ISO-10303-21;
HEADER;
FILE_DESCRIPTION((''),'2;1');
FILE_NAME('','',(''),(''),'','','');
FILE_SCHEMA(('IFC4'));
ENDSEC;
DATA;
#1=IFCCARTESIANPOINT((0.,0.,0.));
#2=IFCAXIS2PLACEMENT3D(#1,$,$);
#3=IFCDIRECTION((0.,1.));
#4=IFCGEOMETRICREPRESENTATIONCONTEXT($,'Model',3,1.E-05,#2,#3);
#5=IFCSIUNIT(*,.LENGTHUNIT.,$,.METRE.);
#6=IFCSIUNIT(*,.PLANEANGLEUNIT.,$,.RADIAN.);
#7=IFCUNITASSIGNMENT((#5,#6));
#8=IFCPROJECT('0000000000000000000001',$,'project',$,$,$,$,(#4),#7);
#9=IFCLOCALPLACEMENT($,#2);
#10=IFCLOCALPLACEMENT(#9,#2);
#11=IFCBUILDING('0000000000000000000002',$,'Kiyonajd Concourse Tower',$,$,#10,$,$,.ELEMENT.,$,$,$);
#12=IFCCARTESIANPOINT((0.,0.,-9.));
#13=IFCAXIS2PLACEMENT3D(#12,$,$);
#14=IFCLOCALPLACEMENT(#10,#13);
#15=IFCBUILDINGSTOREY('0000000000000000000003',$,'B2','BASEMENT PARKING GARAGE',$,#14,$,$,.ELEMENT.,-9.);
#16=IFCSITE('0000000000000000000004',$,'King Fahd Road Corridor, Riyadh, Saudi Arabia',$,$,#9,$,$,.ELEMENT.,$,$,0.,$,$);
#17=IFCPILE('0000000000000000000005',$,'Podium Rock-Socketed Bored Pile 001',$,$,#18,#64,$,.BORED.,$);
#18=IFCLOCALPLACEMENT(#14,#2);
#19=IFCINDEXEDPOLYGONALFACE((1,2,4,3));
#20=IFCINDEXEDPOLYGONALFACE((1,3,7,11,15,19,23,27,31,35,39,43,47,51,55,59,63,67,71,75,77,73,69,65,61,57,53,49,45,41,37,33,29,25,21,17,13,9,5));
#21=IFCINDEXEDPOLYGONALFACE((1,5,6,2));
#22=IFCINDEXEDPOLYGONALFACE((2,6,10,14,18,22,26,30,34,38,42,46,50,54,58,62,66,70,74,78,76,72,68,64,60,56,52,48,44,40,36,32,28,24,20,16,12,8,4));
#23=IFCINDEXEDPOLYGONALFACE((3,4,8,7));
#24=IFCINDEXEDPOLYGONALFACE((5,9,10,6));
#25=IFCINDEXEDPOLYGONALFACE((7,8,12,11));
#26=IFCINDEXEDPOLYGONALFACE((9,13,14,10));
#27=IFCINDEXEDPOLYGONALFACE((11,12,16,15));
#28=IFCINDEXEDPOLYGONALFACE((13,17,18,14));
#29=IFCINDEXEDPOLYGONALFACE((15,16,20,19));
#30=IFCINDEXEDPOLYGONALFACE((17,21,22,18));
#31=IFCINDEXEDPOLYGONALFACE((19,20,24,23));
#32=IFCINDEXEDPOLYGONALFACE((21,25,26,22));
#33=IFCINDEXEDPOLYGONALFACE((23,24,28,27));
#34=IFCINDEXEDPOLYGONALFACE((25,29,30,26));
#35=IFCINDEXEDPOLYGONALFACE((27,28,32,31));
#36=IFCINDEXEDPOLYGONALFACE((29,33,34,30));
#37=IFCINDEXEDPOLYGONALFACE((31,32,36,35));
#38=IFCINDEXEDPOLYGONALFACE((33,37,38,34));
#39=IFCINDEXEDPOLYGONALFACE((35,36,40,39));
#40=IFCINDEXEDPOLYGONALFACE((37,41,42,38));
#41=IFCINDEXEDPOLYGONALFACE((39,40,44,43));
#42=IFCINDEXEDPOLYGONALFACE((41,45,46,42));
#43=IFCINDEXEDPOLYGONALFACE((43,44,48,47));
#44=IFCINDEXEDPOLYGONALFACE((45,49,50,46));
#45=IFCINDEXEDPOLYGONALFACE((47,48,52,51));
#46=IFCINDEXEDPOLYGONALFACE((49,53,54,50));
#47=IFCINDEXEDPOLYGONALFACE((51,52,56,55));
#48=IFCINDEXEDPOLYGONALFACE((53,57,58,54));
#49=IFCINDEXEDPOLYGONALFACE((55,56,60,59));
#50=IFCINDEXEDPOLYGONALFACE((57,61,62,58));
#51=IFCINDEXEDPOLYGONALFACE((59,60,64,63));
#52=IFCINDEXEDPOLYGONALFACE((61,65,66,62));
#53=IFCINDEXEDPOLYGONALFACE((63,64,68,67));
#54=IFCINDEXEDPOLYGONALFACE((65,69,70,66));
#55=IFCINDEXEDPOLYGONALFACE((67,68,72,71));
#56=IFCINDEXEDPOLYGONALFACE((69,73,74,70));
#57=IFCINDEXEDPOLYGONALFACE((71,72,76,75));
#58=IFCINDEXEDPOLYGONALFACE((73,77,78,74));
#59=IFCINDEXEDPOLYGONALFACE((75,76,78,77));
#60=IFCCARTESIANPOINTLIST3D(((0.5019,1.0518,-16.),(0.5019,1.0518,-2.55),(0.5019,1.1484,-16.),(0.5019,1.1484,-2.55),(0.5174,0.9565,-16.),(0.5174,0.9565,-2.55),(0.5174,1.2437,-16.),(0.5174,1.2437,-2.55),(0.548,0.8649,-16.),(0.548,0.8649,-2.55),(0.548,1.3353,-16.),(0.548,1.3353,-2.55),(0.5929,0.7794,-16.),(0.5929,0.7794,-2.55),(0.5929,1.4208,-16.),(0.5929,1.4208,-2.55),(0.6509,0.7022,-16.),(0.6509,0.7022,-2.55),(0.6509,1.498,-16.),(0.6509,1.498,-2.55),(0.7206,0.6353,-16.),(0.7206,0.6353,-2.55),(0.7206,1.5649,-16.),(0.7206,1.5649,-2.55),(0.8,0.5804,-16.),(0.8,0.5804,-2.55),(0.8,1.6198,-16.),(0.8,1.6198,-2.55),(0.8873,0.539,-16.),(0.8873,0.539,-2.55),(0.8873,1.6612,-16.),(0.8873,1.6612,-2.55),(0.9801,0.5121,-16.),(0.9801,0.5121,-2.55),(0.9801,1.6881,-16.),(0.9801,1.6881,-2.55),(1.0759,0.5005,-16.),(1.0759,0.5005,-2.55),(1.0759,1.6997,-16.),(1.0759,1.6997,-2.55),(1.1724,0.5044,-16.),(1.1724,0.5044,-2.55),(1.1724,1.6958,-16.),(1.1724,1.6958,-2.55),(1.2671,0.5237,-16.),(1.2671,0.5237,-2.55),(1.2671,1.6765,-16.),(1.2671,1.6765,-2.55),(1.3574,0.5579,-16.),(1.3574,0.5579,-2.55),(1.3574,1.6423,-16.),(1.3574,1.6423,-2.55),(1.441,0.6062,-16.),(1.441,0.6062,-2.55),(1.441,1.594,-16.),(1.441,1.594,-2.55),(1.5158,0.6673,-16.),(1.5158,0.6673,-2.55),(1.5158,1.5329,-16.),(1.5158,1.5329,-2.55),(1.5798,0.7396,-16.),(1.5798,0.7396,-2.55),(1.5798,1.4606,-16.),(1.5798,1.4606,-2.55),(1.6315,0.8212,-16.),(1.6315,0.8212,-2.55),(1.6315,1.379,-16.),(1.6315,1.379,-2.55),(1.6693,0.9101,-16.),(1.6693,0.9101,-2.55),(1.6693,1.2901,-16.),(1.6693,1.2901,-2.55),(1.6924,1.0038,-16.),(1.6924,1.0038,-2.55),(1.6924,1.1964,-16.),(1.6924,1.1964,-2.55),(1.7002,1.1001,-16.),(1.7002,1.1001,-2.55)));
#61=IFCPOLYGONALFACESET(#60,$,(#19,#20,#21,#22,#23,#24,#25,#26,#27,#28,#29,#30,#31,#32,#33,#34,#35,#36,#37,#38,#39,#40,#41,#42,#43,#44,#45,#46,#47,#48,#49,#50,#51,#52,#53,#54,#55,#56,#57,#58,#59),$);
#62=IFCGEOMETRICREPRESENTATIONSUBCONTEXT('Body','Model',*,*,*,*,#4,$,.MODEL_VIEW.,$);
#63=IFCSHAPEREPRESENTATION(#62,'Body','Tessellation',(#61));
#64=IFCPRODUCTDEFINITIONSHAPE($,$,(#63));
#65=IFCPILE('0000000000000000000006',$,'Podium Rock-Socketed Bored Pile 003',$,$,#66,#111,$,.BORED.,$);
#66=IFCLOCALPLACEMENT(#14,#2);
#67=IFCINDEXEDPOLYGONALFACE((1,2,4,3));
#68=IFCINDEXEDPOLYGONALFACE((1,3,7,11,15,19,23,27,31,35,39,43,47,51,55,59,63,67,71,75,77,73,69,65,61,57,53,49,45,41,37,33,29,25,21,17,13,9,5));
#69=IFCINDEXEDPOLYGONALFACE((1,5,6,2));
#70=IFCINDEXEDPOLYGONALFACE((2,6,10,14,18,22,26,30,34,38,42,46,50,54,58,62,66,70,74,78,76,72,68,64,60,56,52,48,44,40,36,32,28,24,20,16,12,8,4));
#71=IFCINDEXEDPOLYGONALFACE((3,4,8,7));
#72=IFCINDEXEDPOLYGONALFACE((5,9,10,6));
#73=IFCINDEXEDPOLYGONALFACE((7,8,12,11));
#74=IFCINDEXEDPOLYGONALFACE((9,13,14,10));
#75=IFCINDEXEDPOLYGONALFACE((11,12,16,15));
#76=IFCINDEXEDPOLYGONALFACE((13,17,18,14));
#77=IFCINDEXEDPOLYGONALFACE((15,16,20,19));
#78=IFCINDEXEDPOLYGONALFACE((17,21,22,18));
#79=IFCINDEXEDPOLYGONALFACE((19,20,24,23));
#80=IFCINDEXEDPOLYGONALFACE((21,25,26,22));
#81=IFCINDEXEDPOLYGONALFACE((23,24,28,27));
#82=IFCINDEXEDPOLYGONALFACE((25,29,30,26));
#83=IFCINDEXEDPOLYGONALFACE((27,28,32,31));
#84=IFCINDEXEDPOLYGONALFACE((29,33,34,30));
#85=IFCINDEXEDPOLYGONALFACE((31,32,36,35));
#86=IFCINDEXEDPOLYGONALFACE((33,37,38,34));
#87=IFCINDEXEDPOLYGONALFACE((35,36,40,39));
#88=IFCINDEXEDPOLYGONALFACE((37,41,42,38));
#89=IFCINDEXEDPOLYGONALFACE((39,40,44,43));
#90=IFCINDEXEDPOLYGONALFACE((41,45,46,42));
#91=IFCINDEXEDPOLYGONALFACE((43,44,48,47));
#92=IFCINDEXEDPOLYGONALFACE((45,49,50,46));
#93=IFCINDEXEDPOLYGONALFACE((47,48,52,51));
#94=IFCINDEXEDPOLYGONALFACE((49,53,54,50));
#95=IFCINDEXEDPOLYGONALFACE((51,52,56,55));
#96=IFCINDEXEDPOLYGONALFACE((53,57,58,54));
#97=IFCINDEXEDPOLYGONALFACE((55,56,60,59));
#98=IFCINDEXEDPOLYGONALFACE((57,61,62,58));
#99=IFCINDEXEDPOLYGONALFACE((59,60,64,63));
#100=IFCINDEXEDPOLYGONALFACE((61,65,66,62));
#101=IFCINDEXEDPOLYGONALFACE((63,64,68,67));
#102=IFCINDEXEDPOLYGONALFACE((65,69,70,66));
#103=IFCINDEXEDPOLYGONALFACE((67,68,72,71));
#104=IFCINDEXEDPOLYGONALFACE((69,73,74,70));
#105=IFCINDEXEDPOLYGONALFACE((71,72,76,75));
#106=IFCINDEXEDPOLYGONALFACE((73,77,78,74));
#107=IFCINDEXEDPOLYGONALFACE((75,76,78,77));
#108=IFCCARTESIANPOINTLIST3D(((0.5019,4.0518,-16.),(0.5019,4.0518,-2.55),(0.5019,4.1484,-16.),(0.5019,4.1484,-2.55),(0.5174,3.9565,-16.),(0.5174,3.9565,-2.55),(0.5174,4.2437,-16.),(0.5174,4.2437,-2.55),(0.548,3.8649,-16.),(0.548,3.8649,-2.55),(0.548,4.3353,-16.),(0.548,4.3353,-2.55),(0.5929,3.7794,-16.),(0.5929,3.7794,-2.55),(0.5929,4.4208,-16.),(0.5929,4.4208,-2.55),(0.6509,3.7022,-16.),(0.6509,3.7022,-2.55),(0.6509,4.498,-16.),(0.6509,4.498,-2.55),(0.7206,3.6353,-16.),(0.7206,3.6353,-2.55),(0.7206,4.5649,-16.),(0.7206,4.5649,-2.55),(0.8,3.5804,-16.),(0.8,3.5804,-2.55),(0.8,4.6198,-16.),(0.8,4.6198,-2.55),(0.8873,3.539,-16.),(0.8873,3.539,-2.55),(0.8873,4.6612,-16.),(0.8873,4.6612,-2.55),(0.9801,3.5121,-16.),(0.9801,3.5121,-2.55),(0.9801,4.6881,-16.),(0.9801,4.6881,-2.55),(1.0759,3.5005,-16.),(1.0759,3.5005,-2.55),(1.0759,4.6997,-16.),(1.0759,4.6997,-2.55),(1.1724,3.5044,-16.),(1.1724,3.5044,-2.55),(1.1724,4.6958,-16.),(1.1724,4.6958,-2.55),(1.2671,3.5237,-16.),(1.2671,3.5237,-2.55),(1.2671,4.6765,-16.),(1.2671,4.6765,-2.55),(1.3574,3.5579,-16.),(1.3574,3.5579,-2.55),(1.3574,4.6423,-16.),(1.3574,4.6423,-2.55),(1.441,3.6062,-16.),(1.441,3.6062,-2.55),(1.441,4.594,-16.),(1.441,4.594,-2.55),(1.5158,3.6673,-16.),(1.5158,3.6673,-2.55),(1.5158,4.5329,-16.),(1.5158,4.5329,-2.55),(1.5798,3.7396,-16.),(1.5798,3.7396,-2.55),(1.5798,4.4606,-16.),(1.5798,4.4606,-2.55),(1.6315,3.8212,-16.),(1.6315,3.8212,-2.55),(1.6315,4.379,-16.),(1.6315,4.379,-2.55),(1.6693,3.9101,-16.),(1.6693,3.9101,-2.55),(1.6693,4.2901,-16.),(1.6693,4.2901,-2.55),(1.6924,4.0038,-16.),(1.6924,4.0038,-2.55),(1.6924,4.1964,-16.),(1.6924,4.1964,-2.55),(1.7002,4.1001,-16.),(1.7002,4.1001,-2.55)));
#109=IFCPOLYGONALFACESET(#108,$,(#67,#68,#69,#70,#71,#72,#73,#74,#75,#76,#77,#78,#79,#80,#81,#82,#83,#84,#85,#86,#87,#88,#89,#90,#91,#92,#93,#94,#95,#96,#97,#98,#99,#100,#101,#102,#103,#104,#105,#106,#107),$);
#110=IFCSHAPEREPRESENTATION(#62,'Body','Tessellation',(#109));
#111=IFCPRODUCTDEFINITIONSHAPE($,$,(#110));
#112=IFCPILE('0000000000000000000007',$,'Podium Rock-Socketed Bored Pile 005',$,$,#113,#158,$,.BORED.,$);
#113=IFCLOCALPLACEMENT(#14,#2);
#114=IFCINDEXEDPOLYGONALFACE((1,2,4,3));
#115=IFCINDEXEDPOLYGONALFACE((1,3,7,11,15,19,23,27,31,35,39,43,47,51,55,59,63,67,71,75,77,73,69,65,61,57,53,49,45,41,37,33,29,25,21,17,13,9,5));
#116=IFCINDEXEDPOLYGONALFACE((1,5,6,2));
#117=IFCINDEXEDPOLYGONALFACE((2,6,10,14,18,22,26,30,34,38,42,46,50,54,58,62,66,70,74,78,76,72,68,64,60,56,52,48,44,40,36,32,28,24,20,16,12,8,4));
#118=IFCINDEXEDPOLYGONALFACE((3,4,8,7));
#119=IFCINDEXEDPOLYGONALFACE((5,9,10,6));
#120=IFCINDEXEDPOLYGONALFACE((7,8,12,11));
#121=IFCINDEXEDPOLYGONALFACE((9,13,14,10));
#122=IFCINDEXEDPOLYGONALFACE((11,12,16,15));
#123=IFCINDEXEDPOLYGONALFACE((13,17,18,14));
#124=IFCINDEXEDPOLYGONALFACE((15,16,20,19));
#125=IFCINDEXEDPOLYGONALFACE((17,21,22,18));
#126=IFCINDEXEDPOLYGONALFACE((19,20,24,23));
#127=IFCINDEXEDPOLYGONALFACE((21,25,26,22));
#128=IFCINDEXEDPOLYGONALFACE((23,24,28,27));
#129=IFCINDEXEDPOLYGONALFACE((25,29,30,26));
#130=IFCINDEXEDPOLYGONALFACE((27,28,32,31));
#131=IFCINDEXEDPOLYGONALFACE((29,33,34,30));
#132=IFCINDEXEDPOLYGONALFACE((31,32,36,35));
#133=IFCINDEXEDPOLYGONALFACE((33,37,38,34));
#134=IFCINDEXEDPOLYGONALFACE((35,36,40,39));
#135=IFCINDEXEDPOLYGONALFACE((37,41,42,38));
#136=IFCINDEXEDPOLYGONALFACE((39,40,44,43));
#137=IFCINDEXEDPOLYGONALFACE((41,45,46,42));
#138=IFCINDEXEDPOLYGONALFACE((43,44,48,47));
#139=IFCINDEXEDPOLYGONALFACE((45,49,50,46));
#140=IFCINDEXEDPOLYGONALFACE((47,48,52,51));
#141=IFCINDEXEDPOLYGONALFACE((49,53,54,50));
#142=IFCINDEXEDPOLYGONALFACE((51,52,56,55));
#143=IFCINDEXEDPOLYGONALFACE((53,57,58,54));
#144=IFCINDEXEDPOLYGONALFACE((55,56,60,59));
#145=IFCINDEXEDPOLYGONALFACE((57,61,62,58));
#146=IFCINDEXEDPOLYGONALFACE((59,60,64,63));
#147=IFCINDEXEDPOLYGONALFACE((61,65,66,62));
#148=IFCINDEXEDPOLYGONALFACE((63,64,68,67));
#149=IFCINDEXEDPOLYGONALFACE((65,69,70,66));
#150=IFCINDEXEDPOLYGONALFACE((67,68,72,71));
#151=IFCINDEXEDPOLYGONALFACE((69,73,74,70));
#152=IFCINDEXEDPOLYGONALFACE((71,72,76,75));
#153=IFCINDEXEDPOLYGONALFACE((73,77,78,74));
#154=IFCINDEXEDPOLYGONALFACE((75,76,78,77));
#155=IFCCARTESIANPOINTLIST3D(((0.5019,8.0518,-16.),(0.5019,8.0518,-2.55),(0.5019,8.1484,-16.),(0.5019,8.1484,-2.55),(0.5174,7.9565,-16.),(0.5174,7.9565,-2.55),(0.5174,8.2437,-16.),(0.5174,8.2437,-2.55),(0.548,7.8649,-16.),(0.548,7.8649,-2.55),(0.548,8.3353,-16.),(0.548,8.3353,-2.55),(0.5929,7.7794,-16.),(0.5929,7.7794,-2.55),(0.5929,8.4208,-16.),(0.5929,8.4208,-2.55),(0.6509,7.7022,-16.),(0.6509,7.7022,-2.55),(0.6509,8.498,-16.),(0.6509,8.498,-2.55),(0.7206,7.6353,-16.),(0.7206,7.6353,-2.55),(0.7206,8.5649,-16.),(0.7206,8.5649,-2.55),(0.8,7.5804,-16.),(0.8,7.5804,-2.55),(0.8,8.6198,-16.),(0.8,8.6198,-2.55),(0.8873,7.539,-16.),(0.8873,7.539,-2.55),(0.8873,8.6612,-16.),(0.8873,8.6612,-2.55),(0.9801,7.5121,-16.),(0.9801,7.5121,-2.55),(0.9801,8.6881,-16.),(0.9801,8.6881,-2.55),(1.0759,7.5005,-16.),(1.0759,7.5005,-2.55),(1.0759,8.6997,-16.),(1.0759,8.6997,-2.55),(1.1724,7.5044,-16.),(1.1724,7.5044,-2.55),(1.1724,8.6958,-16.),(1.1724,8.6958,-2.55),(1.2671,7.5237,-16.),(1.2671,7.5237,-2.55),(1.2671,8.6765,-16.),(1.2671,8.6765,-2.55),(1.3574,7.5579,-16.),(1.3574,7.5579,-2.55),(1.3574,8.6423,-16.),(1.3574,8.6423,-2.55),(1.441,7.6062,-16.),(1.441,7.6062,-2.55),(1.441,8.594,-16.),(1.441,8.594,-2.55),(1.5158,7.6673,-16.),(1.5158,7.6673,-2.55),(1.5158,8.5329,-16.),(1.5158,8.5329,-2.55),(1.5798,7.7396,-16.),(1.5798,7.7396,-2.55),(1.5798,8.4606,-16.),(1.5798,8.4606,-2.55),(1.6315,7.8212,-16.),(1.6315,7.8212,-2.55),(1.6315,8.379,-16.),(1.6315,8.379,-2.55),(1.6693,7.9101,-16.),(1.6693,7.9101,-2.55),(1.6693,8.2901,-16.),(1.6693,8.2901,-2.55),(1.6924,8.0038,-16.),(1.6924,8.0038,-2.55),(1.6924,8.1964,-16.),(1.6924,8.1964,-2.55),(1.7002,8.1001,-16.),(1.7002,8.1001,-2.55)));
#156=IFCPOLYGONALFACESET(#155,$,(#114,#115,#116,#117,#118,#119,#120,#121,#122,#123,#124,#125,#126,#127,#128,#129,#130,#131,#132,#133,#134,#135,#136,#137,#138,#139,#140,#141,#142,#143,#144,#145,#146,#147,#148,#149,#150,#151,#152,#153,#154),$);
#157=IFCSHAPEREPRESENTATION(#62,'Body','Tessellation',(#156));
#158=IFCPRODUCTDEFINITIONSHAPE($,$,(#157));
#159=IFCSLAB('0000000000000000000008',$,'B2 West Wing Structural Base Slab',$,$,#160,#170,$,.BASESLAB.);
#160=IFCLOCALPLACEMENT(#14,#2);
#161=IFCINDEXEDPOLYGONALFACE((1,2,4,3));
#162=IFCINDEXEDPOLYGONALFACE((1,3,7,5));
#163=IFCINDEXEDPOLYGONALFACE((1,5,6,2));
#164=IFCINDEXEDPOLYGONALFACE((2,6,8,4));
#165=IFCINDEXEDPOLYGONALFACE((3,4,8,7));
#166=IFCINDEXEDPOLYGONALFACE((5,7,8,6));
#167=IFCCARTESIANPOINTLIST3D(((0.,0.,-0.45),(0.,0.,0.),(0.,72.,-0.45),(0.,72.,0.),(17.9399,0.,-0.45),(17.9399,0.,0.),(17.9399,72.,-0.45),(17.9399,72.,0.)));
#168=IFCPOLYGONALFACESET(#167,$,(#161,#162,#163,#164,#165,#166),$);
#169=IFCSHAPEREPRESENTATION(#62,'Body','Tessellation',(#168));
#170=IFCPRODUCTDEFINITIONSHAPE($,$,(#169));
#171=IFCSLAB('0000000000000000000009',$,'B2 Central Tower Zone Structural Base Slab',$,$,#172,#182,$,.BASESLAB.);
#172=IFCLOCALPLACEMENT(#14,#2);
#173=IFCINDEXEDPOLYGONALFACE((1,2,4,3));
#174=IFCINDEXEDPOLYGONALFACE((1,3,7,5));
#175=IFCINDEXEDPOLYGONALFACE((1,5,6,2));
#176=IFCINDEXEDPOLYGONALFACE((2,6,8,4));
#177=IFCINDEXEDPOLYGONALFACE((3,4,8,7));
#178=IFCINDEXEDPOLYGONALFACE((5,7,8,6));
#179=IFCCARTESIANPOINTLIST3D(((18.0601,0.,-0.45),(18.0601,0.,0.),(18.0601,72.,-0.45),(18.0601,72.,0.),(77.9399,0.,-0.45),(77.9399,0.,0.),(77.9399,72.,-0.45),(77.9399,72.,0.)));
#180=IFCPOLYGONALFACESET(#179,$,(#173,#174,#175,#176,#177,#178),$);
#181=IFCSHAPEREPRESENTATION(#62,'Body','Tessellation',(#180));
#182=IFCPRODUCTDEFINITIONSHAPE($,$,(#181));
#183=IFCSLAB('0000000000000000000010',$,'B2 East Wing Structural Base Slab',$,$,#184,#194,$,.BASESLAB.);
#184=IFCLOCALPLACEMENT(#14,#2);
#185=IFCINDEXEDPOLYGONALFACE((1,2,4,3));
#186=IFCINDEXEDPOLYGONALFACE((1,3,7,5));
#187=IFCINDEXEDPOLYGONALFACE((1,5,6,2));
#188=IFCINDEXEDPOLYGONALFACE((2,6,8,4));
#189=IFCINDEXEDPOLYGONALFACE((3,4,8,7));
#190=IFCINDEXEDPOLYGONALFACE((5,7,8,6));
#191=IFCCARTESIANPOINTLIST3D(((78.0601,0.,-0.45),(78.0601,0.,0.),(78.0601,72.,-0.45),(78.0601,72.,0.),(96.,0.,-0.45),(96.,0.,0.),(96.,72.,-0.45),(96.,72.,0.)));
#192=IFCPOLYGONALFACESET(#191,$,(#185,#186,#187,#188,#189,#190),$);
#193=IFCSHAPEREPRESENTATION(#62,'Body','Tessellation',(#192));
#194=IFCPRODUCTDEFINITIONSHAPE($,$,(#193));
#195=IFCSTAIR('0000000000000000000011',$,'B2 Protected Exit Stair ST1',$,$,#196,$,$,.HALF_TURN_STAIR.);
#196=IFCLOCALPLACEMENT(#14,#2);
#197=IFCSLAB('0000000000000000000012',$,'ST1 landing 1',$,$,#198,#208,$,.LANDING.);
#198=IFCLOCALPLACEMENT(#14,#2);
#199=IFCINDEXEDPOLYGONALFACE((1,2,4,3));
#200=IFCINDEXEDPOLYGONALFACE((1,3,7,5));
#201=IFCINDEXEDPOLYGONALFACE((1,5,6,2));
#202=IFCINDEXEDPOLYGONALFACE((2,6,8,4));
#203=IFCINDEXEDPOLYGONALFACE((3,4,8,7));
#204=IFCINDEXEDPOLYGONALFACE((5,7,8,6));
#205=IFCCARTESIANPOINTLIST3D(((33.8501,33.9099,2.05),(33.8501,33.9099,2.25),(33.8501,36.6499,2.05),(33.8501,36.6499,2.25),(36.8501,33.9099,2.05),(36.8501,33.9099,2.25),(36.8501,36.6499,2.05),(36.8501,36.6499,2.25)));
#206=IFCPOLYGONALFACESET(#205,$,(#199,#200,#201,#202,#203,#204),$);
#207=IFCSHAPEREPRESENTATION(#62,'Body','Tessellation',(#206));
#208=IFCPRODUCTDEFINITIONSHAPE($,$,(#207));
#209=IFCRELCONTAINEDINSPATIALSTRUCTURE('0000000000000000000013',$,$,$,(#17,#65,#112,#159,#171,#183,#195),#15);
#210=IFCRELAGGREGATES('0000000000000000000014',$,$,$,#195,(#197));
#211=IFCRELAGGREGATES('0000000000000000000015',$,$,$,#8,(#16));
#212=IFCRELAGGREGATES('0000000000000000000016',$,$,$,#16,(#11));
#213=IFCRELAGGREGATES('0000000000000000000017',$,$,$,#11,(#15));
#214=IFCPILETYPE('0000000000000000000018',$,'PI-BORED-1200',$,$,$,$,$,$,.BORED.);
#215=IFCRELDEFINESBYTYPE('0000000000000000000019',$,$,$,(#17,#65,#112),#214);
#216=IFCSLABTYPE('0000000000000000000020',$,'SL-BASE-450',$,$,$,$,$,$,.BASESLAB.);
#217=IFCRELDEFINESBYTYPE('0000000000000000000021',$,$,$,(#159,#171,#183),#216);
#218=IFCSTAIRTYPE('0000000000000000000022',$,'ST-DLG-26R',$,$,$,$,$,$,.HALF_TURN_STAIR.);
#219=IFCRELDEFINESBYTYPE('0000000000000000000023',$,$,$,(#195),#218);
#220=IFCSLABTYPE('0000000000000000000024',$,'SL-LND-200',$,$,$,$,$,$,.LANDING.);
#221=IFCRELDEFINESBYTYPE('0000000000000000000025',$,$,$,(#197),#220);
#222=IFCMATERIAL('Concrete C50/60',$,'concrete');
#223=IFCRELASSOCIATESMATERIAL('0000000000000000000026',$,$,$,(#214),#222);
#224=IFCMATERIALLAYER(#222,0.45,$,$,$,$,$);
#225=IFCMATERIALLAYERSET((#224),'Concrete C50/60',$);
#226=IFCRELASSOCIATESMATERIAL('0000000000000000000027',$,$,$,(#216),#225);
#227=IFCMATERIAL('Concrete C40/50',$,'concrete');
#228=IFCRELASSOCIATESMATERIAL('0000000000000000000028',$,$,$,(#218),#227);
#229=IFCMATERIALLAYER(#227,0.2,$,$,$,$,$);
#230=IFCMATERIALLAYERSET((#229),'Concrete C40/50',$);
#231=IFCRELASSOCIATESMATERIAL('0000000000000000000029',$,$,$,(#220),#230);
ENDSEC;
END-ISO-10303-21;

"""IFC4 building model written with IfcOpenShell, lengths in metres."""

from ifc_helpers import new_model, si_unit, direction, frame, origin, origin_2d, place, context, subcontext, project, spatial, polyline, circle, outline, extrude, material, layer, layer_set, material_profile, profile_set, type_object, element, aggregate, save


model = new_model("IFC4")

# Units and contexts
model_context = context("Model", 3, precision=1e-05, world=origin(), true_north=direction((0.0, 1.0)))
body_context = subcontext(model_context, "Body", "Model", "MODEL_VIEW")
ifc_project = project(units=[si_unit("LENGTHUNIT", "METRE"), si_unit("PLANEANGLEUNIT", "RADIAN")], contexts=[model_context])

# Site, building, storey
site_placement = place(None, origin())
site = spatial("IfcSite", under=ifc_project, at=site_placement, Name="King Fahd Road Corridor, Riyadh, Saudi Arabia", CompositionType="ELEMENT", RefElevation=0.0)
building_placement = place(site_placement, origin())
building = spatial("IfcBuilding", under=site, at=building_placement, Name="Kiyonajd Concourse Tower", CompositionType="ELEMENT")
storey_placement = place(building_placement, frame((0.0, 0.0, -9.0)))
storey = spatial("IfcBuildingStorey", under=building, at=storey_placement, Name="B2", Description="BASEMENT PARKING GARAGE", CompositionType="ELEMENT", Elevation=-9.0)

# Piles
ifc_material_1 = material(Name="Concrete C50/60", Category="concrete")
ifc_material_profile = material_profile(ifc_material_1, circle(Radius=0.6001, at=origin_2d()), Name="PILE-D1200")
ifc_profile_set = profile_set([ifc_material_profile], Name="Concrete C50/60")
pile_type = type_object("IfcPileType", Name="PI-BORED-1200", PredefinedType="BORED", material=ifc_profile_set)
for number, where, z_axis, x_axis, name in (
    (1, (1.1001, 1.1001, -2.55), (0.0, 0.0, -1.0), (1.0, 0.0, 0.0), "Podium Rock-Socketed Bored Pile 001"),
    (2, (1.1001, 4.1001, -2.55), (0.0, 0.0, -1.0), (1.0, 0.0, 0.0), "Podium Rock-Socketed Bored Pile 003"),
    (3, (1.1001, 8.1001, -2.55), (0.0, 0.0, -1.0), (1.0, 0.0, 0.0), "Podium Rock-Socketed Bored Pile 005"),
):
    element("IfcPile", number, at=place(storey_placement, frame(where, z_axis=z_axis, x_axis=x_axis)), inside=storey, type_object=pile_type, Name=name, PredefinedType="BORED", context=body_context, shape_type="SweptSolid", body=[
        extrude(circle(Radius=0.6001, at=origin_2d()), origin(), (0.0, 0.0, 1.0), 13.45),
    ])

# Slabs
ifc_layer_1 = layer(ifc_material_1, 0.45)
ifc_layer_set_1 = layer_set([ifc_layer_1], Name="Concrete C50/60")
slab_type_1 = type_object("IfcSlabType", Name="SL-BASE-450", PredefinedType="BASESLAB", material=ifc_layer_set_1)
slab_1_placement = place(storey_placement, frame((0.0, 0.0, -0.45)))
element("IfcSlab", 4, at=slab_1_placement, inside=storey, type_object=slab_type_1, Name="B2 West Wing Structural Base Slab", PredefinedType="BASESLAB", context=body_context, shape_type="SweptSolid", body=[
    extrude(outline(polyline([(0.0, 0.0), (17.9399, 0.0), (17.9399, 72.0), (0.0, 72.0), (0.0, 0.0)])), origin(), (0.0, 0.0, 1.0), 0.45),
])
slab_2_placement = place(storey_placement, frame((0.0, 0.0, -0.45)))
element("IfcSlab", 5, at=slab_2_placement, inside=storey, type_object=slab_type_1, Name="B2 Central Tower Zone Structural Base Slab", PredefinedType="BASESLAB", context=body_context, shape_type="SweptSolid", body=[
    extrude(outline(polyline([(18.0601, 0.0), (77.9399, 0.0), (77.9399, 72.0), (18.0601, 72.0), (18.0601, 0.0)])), origin(), (0.0, 0.0, 1.0), 0.45),
])
slab_3_placement = place(storey_placement, frame((0.0, 0.0, -0.45)))
element("IfcSlab", 6, at=slab_3_placement, inside=storey, type_object=slab_type_1, Name="B2 East Wing Structural Base Slab", PredefinedType="BASESLAB", context=body_context, shape_type="SweptSolid", body=[
    extrude(outline(polyline([(78.0601, 0.0), (96.0, 0.0), (96.0, 72.0), (78.0601, 72.0), (78.0601, 0.0)])), origin(), (0.0, 0.0, 1.0), 0.45),
])

# Stair, slab
ifc_material_2 = material(Name="Concrete C40/50", Category="concrete")
stair_type_1 = type_object("IfcStairType", Name="ST-DLG-26R", PredefinedType="HALF_TURN_STAIR", material=ifc_material_2)
stair_1_placement = place(storey_placement, origin())
stair_1 = element("IfcStair", 7, at=stair_1_placement, inside=storey, type_object=stair_type_1, Name="B2 Protected Exit Stair ST1", PredefinedType="HALF_TURN_STAIR")
ifc_layer_2 = layer(ifc_material_2, 0.2)
ifc_layer_set_2 = layer_set([ifc_layer_2], Name="Concrete C40/50")
slab_type_2 = type_object("IfcSlabType", Name="SL-LND-200", PredefinedType="LANDING", material=ifc_layer_set_2)
slab_4_placement = place(storey_placement, frame((0.0, 0.0, 2.05)))
slab_4 = element("IfcSlab", 8, at=slab_4_placement, type_object=slab_type_2, Name="ST1 landing 1", PredefinedType="LANDING", context=body_context, shape_type="SweptSolid", body=[
    extrude(outline(polyline([(36.8501, 33.9099), (36.8501, 36.6499), (33.8501, 36.6499), (33.8501, 33.9099), (36.8501, 33.9099)])), origin(), (0.0, 0.0, 1.0), 0.2),
])
aggregate(stair_1, [slab_4])

save(model, "model.ifc")
